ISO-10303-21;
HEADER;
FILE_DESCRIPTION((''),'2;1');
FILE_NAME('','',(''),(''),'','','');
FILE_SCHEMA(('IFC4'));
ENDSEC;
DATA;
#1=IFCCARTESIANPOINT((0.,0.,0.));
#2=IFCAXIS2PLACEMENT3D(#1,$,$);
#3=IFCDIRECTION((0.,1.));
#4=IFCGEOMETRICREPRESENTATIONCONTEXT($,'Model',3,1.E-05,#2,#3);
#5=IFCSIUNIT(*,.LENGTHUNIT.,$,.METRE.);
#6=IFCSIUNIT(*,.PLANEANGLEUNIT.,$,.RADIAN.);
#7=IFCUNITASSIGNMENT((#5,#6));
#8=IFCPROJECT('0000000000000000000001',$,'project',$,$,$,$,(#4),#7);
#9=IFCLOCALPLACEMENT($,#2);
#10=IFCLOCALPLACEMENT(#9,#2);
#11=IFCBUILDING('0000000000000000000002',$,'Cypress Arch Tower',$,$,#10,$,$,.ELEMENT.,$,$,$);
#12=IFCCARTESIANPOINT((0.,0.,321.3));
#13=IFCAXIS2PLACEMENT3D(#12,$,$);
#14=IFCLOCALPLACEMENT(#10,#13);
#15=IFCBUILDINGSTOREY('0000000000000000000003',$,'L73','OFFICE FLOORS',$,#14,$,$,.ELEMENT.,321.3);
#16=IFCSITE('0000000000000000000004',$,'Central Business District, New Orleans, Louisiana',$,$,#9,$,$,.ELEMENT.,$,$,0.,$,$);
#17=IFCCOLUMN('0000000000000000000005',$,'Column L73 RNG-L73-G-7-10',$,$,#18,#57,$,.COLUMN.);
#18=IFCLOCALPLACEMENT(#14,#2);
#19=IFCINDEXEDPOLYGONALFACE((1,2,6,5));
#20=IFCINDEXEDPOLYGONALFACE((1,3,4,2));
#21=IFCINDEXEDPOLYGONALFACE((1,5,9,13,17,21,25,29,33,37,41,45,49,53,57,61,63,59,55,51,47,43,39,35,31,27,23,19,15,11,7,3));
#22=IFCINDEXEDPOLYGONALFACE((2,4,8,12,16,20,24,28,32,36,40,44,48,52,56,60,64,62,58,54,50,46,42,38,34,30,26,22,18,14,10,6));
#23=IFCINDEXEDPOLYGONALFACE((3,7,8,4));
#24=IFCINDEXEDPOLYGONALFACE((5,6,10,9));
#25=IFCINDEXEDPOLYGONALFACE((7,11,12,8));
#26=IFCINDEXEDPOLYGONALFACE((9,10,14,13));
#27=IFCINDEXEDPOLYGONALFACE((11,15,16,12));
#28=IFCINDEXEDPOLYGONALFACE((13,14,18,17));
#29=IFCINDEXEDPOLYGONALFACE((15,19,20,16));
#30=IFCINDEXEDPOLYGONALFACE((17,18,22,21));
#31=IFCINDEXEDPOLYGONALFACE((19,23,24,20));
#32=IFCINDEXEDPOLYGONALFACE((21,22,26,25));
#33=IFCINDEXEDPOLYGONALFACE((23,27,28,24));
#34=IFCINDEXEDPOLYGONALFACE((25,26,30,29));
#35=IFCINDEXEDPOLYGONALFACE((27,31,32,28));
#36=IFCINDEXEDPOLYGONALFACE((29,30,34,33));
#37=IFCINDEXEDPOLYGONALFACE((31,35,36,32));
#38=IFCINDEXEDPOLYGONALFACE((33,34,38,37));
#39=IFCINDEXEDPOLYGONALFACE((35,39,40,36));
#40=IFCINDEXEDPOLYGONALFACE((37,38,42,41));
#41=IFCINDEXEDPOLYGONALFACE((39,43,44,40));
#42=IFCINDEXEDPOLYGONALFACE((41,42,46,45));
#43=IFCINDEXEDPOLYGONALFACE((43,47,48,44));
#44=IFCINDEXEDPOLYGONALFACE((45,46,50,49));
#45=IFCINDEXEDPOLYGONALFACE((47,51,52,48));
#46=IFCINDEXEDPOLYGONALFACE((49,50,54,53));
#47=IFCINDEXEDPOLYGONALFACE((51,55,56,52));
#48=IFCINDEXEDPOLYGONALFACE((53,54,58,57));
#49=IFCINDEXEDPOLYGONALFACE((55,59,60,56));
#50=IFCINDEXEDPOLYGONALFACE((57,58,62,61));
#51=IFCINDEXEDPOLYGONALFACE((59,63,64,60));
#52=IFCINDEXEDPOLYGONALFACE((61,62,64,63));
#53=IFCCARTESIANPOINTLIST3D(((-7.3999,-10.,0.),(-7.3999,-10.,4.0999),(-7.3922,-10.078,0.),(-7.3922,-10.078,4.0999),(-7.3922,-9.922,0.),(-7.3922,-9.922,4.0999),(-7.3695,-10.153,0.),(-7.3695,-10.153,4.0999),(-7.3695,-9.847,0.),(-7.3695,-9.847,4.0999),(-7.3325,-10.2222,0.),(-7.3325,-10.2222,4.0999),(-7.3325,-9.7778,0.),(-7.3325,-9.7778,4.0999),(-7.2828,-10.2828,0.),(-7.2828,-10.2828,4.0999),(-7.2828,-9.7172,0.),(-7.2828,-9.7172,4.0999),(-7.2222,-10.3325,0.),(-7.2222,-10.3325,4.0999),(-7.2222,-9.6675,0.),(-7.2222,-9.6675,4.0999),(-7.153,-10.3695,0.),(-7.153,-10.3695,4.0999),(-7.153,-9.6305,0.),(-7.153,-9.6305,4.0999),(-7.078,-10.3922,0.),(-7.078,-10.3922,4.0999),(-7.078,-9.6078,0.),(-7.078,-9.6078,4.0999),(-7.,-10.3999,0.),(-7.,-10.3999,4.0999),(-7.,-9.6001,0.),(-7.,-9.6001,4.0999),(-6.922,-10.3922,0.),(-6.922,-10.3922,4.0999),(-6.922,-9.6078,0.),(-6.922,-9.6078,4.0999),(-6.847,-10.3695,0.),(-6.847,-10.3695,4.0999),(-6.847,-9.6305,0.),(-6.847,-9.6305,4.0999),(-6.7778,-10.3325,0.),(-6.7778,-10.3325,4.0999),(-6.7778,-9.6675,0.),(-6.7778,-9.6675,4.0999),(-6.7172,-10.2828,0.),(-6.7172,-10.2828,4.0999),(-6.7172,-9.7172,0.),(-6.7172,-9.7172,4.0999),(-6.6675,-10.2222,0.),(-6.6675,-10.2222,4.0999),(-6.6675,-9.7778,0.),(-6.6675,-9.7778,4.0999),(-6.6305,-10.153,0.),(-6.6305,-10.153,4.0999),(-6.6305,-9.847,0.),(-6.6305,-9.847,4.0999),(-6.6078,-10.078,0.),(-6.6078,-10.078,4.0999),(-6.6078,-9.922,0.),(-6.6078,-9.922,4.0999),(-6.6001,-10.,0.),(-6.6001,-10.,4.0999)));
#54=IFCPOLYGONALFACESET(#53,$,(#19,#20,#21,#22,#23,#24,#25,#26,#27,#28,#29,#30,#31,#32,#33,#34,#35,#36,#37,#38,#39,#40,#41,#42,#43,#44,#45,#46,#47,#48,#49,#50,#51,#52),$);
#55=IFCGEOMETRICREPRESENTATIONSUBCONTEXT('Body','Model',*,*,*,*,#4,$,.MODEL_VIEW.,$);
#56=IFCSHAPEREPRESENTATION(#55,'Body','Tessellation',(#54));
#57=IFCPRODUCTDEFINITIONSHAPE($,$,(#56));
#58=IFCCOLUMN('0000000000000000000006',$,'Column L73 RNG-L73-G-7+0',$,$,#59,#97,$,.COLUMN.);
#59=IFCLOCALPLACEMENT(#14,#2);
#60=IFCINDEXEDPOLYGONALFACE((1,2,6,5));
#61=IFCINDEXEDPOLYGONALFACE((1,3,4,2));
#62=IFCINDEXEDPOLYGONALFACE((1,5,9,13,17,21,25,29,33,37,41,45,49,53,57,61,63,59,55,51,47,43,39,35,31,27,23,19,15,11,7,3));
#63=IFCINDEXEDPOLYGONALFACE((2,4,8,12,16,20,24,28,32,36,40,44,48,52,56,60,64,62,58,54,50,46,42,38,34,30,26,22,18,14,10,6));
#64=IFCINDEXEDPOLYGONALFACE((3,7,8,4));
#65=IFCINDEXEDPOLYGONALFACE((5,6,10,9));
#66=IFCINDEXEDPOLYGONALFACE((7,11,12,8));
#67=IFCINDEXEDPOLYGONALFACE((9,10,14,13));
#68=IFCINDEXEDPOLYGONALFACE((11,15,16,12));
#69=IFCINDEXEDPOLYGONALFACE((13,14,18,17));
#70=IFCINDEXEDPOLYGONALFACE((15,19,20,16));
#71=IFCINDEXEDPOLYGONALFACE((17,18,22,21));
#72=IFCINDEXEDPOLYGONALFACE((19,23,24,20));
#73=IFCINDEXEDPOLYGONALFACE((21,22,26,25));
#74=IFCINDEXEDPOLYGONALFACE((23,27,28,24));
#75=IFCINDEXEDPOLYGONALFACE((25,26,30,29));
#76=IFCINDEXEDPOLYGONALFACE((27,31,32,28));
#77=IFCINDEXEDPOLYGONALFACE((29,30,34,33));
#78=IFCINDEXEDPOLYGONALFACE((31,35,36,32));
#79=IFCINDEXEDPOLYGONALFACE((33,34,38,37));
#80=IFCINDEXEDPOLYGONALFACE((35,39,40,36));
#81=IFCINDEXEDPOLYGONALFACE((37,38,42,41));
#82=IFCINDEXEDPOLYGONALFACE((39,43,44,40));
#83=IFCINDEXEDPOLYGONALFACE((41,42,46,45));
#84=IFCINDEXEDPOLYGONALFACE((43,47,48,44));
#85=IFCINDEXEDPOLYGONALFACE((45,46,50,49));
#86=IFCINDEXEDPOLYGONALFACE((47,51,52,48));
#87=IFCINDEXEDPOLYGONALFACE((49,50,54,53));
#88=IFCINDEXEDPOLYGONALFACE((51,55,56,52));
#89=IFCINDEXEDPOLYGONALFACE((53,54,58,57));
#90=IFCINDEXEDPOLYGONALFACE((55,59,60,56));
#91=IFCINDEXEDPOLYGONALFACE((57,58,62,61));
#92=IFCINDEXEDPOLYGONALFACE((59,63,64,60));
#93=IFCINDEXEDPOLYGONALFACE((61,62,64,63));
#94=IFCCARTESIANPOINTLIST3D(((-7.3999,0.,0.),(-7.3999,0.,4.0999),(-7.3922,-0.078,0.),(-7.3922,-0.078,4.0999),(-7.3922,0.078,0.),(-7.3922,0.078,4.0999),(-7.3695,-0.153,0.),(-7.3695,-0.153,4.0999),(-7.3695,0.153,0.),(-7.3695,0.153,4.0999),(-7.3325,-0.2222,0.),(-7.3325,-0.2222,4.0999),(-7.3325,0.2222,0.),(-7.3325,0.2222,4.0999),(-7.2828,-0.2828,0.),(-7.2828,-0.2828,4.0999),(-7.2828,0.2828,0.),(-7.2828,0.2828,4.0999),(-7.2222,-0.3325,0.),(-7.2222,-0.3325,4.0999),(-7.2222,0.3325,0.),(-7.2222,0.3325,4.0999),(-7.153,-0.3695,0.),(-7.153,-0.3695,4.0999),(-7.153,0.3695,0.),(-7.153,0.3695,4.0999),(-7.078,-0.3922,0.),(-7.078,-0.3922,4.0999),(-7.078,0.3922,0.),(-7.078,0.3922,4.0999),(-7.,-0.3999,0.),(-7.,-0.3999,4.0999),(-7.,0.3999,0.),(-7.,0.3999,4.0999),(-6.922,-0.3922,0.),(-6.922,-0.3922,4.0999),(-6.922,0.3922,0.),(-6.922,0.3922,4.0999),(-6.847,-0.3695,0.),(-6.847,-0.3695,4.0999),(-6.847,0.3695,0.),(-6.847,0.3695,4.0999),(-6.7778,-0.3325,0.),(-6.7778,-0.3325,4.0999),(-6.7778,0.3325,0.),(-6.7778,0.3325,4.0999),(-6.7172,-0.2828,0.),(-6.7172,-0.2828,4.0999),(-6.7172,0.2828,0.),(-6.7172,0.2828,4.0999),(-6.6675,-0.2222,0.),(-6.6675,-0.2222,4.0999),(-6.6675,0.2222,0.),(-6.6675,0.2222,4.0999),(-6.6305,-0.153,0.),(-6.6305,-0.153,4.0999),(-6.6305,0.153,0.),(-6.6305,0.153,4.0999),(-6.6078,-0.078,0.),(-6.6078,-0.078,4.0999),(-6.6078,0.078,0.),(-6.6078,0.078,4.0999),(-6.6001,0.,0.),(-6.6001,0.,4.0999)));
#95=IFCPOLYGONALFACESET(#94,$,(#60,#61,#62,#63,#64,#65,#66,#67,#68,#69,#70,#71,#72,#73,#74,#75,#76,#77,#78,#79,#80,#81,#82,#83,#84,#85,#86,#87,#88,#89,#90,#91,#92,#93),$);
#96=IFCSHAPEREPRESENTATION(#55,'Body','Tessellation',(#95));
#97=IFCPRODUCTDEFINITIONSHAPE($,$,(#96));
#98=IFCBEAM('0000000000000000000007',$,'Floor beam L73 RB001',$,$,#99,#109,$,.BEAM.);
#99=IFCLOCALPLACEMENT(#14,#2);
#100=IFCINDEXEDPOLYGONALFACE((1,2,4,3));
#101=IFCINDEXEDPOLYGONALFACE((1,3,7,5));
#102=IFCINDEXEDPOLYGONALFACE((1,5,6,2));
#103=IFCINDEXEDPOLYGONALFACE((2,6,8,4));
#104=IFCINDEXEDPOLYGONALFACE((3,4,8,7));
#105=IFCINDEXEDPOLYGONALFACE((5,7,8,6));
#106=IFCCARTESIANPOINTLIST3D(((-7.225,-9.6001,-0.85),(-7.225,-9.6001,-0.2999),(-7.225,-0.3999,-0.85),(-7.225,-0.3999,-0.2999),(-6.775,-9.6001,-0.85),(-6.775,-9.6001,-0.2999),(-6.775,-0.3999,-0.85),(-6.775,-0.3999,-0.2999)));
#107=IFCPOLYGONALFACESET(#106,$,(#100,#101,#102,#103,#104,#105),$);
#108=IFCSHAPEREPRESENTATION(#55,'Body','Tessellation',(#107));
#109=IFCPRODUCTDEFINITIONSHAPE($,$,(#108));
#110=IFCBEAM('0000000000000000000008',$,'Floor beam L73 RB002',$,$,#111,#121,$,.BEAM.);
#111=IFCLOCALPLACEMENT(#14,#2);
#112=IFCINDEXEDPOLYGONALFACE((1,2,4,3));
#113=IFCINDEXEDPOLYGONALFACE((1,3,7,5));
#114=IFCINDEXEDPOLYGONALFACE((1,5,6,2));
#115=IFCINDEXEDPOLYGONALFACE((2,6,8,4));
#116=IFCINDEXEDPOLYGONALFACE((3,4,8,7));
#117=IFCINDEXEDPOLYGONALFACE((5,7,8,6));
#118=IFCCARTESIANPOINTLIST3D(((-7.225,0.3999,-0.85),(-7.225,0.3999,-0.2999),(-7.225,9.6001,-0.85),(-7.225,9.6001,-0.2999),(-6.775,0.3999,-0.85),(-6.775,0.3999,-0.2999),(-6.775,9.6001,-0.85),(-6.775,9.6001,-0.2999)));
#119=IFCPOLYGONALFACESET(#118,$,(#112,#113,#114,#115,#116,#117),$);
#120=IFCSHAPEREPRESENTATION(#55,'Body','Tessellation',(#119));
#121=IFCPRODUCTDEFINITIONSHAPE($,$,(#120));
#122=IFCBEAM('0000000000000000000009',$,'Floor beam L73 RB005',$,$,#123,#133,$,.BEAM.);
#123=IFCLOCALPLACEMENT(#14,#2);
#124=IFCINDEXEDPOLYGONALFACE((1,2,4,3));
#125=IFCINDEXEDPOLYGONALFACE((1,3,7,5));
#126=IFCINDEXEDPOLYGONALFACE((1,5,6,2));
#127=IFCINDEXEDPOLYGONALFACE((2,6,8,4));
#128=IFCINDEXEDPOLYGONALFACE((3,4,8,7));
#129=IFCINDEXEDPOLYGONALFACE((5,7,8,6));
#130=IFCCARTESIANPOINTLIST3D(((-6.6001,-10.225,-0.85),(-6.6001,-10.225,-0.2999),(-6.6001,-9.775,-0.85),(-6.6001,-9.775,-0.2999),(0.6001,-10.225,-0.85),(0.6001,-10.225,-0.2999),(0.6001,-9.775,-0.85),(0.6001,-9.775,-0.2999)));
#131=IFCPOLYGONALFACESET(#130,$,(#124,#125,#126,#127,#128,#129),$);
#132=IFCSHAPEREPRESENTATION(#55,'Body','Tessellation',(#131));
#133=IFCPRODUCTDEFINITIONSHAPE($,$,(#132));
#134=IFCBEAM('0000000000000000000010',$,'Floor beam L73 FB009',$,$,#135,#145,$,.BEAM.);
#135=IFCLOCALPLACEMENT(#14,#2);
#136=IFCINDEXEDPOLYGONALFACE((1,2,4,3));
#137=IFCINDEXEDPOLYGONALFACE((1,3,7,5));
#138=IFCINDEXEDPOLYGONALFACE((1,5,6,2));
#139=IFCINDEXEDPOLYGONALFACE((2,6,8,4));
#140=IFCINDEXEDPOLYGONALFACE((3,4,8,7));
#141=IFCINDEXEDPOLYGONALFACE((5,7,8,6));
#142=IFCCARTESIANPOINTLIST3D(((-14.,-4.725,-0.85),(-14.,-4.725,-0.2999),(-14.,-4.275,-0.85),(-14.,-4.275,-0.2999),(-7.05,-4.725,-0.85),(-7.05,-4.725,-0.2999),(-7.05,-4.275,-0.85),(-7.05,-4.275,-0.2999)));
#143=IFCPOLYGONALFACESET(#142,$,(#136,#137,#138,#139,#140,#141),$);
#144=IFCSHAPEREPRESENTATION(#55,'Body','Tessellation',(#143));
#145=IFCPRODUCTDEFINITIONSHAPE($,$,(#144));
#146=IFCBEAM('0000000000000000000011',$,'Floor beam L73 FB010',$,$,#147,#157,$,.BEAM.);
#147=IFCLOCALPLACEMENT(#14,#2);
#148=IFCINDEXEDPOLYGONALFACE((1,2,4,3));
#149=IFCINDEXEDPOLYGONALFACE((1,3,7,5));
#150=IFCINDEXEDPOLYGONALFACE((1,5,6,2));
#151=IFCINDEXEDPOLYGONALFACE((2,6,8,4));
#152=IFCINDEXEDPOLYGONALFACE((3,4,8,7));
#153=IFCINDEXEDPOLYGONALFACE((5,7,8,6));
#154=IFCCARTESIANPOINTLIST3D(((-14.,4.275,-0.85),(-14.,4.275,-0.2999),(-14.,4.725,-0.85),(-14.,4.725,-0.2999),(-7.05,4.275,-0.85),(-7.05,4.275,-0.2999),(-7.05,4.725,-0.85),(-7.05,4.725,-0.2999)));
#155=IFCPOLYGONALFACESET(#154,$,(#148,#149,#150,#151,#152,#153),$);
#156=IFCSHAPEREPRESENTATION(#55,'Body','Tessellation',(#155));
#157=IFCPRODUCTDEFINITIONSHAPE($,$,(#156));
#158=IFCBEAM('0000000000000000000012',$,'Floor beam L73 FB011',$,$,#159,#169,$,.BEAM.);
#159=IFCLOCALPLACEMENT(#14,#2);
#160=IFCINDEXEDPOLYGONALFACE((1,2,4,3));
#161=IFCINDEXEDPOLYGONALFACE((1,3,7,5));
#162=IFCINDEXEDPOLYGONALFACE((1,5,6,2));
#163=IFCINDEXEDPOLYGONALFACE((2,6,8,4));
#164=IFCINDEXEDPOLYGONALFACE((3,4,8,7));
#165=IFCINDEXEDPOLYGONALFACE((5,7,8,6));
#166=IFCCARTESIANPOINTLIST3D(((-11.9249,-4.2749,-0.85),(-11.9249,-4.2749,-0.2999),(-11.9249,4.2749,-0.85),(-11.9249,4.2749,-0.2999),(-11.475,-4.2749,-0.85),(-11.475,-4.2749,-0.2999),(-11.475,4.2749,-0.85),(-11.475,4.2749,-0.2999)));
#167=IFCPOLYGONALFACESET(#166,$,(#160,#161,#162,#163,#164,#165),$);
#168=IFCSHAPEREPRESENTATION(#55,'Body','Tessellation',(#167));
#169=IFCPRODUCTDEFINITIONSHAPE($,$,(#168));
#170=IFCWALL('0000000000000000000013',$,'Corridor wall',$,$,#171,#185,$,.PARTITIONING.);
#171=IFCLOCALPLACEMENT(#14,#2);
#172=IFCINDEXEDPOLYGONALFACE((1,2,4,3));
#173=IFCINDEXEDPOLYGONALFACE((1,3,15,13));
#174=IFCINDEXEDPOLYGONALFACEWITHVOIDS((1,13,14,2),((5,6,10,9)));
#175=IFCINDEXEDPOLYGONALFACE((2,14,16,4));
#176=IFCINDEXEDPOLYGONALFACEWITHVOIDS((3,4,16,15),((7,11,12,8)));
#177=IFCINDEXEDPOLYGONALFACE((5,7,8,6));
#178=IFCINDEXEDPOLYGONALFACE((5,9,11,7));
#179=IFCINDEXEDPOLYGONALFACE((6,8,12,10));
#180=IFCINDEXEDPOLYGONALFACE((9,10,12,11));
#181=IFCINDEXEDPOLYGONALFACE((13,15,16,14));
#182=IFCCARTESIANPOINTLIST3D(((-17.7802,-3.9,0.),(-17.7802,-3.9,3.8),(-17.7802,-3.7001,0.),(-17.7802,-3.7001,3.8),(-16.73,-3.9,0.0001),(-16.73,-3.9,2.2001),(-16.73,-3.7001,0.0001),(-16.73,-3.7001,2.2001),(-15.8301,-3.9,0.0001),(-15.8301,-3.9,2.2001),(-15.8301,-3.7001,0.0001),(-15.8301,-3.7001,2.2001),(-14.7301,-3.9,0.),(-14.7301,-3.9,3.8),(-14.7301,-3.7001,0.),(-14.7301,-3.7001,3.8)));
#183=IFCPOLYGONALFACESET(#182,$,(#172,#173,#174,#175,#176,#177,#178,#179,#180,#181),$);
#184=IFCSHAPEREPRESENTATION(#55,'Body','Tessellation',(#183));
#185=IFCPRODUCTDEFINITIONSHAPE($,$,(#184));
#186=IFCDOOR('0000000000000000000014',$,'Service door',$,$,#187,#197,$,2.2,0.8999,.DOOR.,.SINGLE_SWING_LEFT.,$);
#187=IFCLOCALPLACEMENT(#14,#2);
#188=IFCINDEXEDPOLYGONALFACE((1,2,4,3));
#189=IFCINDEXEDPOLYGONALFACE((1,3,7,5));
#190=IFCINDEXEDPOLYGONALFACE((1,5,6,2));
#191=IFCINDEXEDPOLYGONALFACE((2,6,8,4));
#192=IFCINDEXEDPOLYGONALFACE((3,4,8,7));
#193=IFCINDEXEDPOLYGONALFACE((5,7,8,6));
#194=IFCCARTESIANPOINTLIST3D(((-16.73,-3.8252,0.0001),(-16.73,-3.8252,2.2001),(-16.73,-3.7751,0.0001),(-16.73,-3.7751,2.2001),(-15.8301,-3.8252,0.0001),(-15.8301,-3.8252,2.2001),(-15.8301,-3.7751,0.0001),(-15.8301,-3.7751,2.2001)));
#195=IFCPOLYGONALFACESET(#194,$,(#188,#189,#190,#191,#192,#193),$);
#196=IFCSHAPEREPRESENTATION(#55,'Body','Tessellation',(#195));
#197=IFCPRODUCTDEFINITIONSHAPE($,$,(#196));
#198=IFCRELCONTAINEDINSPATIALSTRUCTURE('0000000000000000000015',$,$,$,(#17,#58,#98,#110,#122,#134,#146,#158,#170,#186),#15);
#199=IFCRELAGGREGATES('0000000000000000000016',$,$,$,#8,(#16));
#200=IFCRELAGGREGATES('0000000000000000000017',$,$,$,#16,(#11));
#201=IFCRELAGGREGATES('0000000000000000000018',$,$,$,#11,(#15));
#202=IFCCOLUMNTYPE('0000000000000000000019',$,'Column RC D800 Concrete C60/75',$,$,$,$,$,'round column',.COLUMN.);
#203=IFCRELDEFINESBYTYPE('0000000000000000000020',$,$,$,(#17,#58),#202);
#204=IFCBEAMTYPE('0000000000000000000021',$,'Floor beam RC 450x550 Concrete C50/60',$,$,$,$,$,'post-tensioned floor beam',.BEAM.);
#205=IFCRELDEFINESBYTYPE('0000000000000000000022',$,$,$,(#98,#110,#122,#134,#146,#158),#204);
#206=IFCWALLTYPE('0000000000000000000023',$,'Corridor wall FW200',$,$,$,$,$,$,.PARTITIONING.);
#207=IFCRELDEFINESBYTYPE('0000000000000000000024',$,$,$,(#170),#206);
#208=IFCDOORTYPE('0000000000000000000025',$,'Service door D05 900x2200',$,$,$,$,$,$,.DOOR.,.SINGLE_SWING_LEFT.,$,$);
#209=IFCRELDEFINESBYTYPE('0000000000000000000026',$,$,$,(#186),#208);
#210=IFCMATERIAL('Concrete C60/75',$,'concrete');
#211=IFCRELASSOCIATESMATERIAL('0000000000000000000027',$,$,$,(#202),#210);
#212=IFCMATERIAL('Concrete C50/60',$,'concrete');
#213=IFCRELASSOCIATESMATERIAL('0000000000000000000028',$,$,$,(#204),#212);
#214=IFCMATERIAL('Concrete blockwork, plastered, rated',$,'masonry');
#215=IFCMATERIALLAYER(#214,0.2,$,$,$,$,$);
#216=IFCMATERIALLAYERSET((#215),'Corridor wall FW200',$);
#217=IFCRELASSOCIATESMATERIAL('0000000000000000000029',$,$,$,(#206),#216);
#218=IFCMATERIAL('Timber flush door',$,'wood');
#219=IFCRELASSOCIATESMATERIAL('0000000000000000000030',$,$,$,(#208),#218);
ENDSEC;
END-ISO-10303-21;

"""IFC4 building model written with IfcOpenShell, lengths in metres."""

from ifc_helpers import new_model, si_unit, direction, frame, frame_2d, origin, origin_2d, place, context, subcontext, project, spatial, rectangle, circle, extrude, material, layer, layer_set, material_profile, profile_set, type_object, element, fill, save


model = new_model("IFC4")

# Units and contexts
model_context = context("Model", 3, precision=1e-05, world=origin(), true_north=direction((0.0, 1.0)))
body_context = subcontext(model_context, "Body", "Model", "MODEL_VIEW")
ifc_project = project(units=[si_unit("LENGTHUNIT", "METRE"), si_unit("PLANEANGLEUNIT", "RADIAN")], contexts=[model_context])

# Site, building, storey
site_placement = place(None, origin())
site = spatial("IfcSite", under=ifc_project, at=site_placement, Name="Central Business District, New Orleans, Louisiana", CompositionType="ELEMENT", RefElevation=0.0)
building_placement = place(site_placement, origin())
building = spatial("IfcBuilding", under=site, at=building_placement, Name="Cypress Arch Tower", CompositionType="ELEMENT")
storey_placement = place(building_placement, frame((0.0, 0.0, 321.3)))
storey = spatial("IfcBuildingStorey", under=building, at=storey_placement, Name="L73", Description="OFFICE FLOORS", CompositionType="ELEMENT", Elevation=321.3)

# Columns
ifc_material_1 = material(Name="Concrete C60/75", Category="concrete")
ifc_material_profile_1 = material_profile(ifc_material_1, circle(Radius=0.3999, at=origin_2d()), Name="RC D800")
ifc_profile_set_1 = profile_set([ifc_material_profile_1], Name="Concrete C60/75")
column_type = type_object("IfcColumnType", Name="Column RC D800 Concrete C60/75", ElementType="round column", PredefinedType="COLUMN", material=ifc_profile_set_1)
for number, where, z_axis, x_axis, name in (
    (1, (-7.0, -10.0, 0.0), (0.0, 0.0, 1.0), (1.0, 0.0, 0.0), "Column L73 RNG-L73-G-7-10"),
    (2, (-7.0, 0.0, 0.0), (0.0, 0.0, 1.0), (1.0, 0.0, 0.0), "Column L73 RNG-L73-G-7+0"),
):
    element("IfcColumn", number, at=place(storey_placement, frame(where, z_axis=z_axis, x_axis=x_axis)), inside=storey, type_object=column_type, Name=name, PredefinedType="COLUMN", context=body_context, shape_type="SweptSolid", body=[
        extrude(circle(Radius=0.3999, at=origin_2d()), origin(), (0.0, 0.0, 1.0), 4.0999),
    ])

# Beams
ifc_material_2 = material(Name="Concrete C50/60", Category="concrete")
ifc_material_profile_2 = material_profile(ifc_material_2, rectangle(XDim=0.45, YDim=0.55, at=origin_2d()), Name="RC 450x550")
ifc_profile_set_2 = profile_set([ifc_material_profile_2], Name="Concrete C50/60")
beam_type = type_object("IfcBeamType", Name="Floor beam RC 450x550 Concrete C50/60", ElementType="post-tensioned floor beam", PredefinedType="BEAM", material=ifc_profile_set_2)
for number, where, z_axis, x_axis, name in (
    (3, (-7.0, -9.6001, -0.575), (0.0, 1.0, 0.0), (-1.0, 0.0, 0.0), "Floor beam L73 RB001"),
    (4, (-7.0, 0.3999, -0.575), (0.0, 1.0, 0.0), (-1.0, 0.0, 0.0), "Floor beam L73 RB002"),
):
    element("IfcBeam", number, at=place(storey_placement, frame(where, z_axis=z_axis, x_axis=x_axis)), inside=storey, type_object=beam_type, Name=name, PredefinedType="BEAM", context=body_context, shape_type="SweptSolid", body=[
        extrude(rectangle(XDim=0.45, YDim=0.55, at=origin_2d()), origin(), (0.0, 0.0, 1.0), 9.2002),
    ])
beam_1_placement = place(storey_placement, frame((-6.6001, -10.0, -0.575), z_axis=(1.0, 0.0, 0.0), x_axis=(0.0, 1.0, 0.0)))
element("IfcBeam", 5, at=beam_1_placement, inside=storey, type_object=beam_type, Name="Floor beam L73 RB005", PredefinedType="BEAM", context=body_context, shape_type="SweptSolid", body=[
    extrude(rectangle(XDim=0.45, YDim=0.55, at=origin_2d()), origin(), (0.0, 0.0, 1.0), 7.2002),
])
for number, where, z_axis, x_axis, name in (
    (6, (-14.0, -4.5, -0.575), (1.0, 0.0, 0.0), (0.0, 1.0, 0.0), "Floor beam L73 FB009"),
    (7, (-14.0, 4.5, -0.575), (1.0, 0.0, 0.0), (0.0, 1.0, 0.0), "Floor beam L73 FB010"),
):
    element("IfcBeam", number, at=place(storey_placement, frame(where, z_axis=z_axis, x_axis=x_axis)), inside=storey, type_object=beam_type, Name=name, PredefinedType="BEAM", context=body_context, shape_type="SweptSolid", body=[
        extrude(rectangle(XDim=0.45, YDim=0.55, at=origin_2d()), origin(), (0.0, 0.0, 1.0), 6.95),
    ])
beam_2_placement = place(storey_placement, frame((-11.7, -4.2749, -0.575), z_axis=(0.0, 1.0, 0.0), x_axis=(-1.0, 0.0, 0.0)))
element("IfcBeam", 8, at=beam_2_placement, inside=storey, type_object=beam_type, Name="Floor beam L73 FB011", PredefinedType="BEAM", context=body_context, shape_type="SweptSolid", body=[
    extrude(rectangle(XDim=0.45, YDim=0.55, at=origin_2d()), origin(), (0.0, 0.0, 1.0), 8.5498),
])

# Wall, opening, door
ifc_material_3 = material(Name="Concrete blockwork, plastered, rated", Category="masonry")
ifc_layer_1 = layer(ifc_material_3, 0.2)
ifc_layer_set_1 = layer_set([ifc_layer_1], Name="Corridor wall FW200")
wall_type_1 = type_object("IfcWallType", Name="Corridor wall FW200", PredefinedType="PARTITIONING", material=ifc_layer_set_1)
wall_1_placement = place(storey_placement, frame((-17.78, -3.8, 0.0), z_axis=(0.0, 0.0, 1.0), x_axis=(1.0, 0.0, 0.0)))
wall_1 = element("IfcWall", 9, at=wall_1_placement, inside=storey, type_object=wall_type_1, Name="Corridor wall", PredefinedType="PARTITIONING", context=body_context, shape_type="SweptSolid", body=[
    extrude(rectangle(XDim=3.05, YDim=0.2, at=frame_2d((1.5249, 0.0))), origin(), (0.0, 0.0, 1.0), 3.8),
])
opening_1_placement = place(wall_1_placement, frame((1.05, 0.0, 0.0)))
opening_1 = element("IfcOpeningElement", 10, at=opening_1_placement, cuts=wall_1, PredefinedType="OPENING", context=body_context, shape_type="SweptSolid", body=[
    extrude(rectangle(XDim=0.8999, YDim=2.2, at=frame_2d((0.45, 1.1001))), frame((0.0, 0.1099, 0.0), z_axis=(0.0, -1.0, 0.0), x_axis=(1.0, 0.0, 0.0)), (0.0, 0.0, 1.0), 0.22),
])
ifc_material_4 = material(Name="Timber flush door", Category="wood")
door_type_1 = type_object("IfcDoorType", Name="Service door D05 900x2200", OperationType="SINGLE_SWING_LEFT", PredefinedType="DOOR", material=ifc_material_4)
door_1_placement = place(opening_1_placement, origin())
door_1 = element("IfcDoor", 11, at=door_1_placement, inside=storey, type_object=door_type_1, Name="Service door", OperationType="SINGLE_SWING_LEFT", OverallHeight=2.2, OverallWidth=0.8999, PredefinedType="DOOR", context=body_context, shape_type="SweptSolid", body=[
    extrude(rectangle(XDim=0.8999, YDim=2.2, at=frame_2d((0.45, 1.1001))), frame((0.0, 0.0249, 0.0), z_axis=(0.0, -1.0, 0.0), x_axis=(1.0, 0.0, 0.0)), (0.0, 0.0, 1.0), 0.05),
])
fill(opening_1, door_1)

save(model, "model.ifc")
